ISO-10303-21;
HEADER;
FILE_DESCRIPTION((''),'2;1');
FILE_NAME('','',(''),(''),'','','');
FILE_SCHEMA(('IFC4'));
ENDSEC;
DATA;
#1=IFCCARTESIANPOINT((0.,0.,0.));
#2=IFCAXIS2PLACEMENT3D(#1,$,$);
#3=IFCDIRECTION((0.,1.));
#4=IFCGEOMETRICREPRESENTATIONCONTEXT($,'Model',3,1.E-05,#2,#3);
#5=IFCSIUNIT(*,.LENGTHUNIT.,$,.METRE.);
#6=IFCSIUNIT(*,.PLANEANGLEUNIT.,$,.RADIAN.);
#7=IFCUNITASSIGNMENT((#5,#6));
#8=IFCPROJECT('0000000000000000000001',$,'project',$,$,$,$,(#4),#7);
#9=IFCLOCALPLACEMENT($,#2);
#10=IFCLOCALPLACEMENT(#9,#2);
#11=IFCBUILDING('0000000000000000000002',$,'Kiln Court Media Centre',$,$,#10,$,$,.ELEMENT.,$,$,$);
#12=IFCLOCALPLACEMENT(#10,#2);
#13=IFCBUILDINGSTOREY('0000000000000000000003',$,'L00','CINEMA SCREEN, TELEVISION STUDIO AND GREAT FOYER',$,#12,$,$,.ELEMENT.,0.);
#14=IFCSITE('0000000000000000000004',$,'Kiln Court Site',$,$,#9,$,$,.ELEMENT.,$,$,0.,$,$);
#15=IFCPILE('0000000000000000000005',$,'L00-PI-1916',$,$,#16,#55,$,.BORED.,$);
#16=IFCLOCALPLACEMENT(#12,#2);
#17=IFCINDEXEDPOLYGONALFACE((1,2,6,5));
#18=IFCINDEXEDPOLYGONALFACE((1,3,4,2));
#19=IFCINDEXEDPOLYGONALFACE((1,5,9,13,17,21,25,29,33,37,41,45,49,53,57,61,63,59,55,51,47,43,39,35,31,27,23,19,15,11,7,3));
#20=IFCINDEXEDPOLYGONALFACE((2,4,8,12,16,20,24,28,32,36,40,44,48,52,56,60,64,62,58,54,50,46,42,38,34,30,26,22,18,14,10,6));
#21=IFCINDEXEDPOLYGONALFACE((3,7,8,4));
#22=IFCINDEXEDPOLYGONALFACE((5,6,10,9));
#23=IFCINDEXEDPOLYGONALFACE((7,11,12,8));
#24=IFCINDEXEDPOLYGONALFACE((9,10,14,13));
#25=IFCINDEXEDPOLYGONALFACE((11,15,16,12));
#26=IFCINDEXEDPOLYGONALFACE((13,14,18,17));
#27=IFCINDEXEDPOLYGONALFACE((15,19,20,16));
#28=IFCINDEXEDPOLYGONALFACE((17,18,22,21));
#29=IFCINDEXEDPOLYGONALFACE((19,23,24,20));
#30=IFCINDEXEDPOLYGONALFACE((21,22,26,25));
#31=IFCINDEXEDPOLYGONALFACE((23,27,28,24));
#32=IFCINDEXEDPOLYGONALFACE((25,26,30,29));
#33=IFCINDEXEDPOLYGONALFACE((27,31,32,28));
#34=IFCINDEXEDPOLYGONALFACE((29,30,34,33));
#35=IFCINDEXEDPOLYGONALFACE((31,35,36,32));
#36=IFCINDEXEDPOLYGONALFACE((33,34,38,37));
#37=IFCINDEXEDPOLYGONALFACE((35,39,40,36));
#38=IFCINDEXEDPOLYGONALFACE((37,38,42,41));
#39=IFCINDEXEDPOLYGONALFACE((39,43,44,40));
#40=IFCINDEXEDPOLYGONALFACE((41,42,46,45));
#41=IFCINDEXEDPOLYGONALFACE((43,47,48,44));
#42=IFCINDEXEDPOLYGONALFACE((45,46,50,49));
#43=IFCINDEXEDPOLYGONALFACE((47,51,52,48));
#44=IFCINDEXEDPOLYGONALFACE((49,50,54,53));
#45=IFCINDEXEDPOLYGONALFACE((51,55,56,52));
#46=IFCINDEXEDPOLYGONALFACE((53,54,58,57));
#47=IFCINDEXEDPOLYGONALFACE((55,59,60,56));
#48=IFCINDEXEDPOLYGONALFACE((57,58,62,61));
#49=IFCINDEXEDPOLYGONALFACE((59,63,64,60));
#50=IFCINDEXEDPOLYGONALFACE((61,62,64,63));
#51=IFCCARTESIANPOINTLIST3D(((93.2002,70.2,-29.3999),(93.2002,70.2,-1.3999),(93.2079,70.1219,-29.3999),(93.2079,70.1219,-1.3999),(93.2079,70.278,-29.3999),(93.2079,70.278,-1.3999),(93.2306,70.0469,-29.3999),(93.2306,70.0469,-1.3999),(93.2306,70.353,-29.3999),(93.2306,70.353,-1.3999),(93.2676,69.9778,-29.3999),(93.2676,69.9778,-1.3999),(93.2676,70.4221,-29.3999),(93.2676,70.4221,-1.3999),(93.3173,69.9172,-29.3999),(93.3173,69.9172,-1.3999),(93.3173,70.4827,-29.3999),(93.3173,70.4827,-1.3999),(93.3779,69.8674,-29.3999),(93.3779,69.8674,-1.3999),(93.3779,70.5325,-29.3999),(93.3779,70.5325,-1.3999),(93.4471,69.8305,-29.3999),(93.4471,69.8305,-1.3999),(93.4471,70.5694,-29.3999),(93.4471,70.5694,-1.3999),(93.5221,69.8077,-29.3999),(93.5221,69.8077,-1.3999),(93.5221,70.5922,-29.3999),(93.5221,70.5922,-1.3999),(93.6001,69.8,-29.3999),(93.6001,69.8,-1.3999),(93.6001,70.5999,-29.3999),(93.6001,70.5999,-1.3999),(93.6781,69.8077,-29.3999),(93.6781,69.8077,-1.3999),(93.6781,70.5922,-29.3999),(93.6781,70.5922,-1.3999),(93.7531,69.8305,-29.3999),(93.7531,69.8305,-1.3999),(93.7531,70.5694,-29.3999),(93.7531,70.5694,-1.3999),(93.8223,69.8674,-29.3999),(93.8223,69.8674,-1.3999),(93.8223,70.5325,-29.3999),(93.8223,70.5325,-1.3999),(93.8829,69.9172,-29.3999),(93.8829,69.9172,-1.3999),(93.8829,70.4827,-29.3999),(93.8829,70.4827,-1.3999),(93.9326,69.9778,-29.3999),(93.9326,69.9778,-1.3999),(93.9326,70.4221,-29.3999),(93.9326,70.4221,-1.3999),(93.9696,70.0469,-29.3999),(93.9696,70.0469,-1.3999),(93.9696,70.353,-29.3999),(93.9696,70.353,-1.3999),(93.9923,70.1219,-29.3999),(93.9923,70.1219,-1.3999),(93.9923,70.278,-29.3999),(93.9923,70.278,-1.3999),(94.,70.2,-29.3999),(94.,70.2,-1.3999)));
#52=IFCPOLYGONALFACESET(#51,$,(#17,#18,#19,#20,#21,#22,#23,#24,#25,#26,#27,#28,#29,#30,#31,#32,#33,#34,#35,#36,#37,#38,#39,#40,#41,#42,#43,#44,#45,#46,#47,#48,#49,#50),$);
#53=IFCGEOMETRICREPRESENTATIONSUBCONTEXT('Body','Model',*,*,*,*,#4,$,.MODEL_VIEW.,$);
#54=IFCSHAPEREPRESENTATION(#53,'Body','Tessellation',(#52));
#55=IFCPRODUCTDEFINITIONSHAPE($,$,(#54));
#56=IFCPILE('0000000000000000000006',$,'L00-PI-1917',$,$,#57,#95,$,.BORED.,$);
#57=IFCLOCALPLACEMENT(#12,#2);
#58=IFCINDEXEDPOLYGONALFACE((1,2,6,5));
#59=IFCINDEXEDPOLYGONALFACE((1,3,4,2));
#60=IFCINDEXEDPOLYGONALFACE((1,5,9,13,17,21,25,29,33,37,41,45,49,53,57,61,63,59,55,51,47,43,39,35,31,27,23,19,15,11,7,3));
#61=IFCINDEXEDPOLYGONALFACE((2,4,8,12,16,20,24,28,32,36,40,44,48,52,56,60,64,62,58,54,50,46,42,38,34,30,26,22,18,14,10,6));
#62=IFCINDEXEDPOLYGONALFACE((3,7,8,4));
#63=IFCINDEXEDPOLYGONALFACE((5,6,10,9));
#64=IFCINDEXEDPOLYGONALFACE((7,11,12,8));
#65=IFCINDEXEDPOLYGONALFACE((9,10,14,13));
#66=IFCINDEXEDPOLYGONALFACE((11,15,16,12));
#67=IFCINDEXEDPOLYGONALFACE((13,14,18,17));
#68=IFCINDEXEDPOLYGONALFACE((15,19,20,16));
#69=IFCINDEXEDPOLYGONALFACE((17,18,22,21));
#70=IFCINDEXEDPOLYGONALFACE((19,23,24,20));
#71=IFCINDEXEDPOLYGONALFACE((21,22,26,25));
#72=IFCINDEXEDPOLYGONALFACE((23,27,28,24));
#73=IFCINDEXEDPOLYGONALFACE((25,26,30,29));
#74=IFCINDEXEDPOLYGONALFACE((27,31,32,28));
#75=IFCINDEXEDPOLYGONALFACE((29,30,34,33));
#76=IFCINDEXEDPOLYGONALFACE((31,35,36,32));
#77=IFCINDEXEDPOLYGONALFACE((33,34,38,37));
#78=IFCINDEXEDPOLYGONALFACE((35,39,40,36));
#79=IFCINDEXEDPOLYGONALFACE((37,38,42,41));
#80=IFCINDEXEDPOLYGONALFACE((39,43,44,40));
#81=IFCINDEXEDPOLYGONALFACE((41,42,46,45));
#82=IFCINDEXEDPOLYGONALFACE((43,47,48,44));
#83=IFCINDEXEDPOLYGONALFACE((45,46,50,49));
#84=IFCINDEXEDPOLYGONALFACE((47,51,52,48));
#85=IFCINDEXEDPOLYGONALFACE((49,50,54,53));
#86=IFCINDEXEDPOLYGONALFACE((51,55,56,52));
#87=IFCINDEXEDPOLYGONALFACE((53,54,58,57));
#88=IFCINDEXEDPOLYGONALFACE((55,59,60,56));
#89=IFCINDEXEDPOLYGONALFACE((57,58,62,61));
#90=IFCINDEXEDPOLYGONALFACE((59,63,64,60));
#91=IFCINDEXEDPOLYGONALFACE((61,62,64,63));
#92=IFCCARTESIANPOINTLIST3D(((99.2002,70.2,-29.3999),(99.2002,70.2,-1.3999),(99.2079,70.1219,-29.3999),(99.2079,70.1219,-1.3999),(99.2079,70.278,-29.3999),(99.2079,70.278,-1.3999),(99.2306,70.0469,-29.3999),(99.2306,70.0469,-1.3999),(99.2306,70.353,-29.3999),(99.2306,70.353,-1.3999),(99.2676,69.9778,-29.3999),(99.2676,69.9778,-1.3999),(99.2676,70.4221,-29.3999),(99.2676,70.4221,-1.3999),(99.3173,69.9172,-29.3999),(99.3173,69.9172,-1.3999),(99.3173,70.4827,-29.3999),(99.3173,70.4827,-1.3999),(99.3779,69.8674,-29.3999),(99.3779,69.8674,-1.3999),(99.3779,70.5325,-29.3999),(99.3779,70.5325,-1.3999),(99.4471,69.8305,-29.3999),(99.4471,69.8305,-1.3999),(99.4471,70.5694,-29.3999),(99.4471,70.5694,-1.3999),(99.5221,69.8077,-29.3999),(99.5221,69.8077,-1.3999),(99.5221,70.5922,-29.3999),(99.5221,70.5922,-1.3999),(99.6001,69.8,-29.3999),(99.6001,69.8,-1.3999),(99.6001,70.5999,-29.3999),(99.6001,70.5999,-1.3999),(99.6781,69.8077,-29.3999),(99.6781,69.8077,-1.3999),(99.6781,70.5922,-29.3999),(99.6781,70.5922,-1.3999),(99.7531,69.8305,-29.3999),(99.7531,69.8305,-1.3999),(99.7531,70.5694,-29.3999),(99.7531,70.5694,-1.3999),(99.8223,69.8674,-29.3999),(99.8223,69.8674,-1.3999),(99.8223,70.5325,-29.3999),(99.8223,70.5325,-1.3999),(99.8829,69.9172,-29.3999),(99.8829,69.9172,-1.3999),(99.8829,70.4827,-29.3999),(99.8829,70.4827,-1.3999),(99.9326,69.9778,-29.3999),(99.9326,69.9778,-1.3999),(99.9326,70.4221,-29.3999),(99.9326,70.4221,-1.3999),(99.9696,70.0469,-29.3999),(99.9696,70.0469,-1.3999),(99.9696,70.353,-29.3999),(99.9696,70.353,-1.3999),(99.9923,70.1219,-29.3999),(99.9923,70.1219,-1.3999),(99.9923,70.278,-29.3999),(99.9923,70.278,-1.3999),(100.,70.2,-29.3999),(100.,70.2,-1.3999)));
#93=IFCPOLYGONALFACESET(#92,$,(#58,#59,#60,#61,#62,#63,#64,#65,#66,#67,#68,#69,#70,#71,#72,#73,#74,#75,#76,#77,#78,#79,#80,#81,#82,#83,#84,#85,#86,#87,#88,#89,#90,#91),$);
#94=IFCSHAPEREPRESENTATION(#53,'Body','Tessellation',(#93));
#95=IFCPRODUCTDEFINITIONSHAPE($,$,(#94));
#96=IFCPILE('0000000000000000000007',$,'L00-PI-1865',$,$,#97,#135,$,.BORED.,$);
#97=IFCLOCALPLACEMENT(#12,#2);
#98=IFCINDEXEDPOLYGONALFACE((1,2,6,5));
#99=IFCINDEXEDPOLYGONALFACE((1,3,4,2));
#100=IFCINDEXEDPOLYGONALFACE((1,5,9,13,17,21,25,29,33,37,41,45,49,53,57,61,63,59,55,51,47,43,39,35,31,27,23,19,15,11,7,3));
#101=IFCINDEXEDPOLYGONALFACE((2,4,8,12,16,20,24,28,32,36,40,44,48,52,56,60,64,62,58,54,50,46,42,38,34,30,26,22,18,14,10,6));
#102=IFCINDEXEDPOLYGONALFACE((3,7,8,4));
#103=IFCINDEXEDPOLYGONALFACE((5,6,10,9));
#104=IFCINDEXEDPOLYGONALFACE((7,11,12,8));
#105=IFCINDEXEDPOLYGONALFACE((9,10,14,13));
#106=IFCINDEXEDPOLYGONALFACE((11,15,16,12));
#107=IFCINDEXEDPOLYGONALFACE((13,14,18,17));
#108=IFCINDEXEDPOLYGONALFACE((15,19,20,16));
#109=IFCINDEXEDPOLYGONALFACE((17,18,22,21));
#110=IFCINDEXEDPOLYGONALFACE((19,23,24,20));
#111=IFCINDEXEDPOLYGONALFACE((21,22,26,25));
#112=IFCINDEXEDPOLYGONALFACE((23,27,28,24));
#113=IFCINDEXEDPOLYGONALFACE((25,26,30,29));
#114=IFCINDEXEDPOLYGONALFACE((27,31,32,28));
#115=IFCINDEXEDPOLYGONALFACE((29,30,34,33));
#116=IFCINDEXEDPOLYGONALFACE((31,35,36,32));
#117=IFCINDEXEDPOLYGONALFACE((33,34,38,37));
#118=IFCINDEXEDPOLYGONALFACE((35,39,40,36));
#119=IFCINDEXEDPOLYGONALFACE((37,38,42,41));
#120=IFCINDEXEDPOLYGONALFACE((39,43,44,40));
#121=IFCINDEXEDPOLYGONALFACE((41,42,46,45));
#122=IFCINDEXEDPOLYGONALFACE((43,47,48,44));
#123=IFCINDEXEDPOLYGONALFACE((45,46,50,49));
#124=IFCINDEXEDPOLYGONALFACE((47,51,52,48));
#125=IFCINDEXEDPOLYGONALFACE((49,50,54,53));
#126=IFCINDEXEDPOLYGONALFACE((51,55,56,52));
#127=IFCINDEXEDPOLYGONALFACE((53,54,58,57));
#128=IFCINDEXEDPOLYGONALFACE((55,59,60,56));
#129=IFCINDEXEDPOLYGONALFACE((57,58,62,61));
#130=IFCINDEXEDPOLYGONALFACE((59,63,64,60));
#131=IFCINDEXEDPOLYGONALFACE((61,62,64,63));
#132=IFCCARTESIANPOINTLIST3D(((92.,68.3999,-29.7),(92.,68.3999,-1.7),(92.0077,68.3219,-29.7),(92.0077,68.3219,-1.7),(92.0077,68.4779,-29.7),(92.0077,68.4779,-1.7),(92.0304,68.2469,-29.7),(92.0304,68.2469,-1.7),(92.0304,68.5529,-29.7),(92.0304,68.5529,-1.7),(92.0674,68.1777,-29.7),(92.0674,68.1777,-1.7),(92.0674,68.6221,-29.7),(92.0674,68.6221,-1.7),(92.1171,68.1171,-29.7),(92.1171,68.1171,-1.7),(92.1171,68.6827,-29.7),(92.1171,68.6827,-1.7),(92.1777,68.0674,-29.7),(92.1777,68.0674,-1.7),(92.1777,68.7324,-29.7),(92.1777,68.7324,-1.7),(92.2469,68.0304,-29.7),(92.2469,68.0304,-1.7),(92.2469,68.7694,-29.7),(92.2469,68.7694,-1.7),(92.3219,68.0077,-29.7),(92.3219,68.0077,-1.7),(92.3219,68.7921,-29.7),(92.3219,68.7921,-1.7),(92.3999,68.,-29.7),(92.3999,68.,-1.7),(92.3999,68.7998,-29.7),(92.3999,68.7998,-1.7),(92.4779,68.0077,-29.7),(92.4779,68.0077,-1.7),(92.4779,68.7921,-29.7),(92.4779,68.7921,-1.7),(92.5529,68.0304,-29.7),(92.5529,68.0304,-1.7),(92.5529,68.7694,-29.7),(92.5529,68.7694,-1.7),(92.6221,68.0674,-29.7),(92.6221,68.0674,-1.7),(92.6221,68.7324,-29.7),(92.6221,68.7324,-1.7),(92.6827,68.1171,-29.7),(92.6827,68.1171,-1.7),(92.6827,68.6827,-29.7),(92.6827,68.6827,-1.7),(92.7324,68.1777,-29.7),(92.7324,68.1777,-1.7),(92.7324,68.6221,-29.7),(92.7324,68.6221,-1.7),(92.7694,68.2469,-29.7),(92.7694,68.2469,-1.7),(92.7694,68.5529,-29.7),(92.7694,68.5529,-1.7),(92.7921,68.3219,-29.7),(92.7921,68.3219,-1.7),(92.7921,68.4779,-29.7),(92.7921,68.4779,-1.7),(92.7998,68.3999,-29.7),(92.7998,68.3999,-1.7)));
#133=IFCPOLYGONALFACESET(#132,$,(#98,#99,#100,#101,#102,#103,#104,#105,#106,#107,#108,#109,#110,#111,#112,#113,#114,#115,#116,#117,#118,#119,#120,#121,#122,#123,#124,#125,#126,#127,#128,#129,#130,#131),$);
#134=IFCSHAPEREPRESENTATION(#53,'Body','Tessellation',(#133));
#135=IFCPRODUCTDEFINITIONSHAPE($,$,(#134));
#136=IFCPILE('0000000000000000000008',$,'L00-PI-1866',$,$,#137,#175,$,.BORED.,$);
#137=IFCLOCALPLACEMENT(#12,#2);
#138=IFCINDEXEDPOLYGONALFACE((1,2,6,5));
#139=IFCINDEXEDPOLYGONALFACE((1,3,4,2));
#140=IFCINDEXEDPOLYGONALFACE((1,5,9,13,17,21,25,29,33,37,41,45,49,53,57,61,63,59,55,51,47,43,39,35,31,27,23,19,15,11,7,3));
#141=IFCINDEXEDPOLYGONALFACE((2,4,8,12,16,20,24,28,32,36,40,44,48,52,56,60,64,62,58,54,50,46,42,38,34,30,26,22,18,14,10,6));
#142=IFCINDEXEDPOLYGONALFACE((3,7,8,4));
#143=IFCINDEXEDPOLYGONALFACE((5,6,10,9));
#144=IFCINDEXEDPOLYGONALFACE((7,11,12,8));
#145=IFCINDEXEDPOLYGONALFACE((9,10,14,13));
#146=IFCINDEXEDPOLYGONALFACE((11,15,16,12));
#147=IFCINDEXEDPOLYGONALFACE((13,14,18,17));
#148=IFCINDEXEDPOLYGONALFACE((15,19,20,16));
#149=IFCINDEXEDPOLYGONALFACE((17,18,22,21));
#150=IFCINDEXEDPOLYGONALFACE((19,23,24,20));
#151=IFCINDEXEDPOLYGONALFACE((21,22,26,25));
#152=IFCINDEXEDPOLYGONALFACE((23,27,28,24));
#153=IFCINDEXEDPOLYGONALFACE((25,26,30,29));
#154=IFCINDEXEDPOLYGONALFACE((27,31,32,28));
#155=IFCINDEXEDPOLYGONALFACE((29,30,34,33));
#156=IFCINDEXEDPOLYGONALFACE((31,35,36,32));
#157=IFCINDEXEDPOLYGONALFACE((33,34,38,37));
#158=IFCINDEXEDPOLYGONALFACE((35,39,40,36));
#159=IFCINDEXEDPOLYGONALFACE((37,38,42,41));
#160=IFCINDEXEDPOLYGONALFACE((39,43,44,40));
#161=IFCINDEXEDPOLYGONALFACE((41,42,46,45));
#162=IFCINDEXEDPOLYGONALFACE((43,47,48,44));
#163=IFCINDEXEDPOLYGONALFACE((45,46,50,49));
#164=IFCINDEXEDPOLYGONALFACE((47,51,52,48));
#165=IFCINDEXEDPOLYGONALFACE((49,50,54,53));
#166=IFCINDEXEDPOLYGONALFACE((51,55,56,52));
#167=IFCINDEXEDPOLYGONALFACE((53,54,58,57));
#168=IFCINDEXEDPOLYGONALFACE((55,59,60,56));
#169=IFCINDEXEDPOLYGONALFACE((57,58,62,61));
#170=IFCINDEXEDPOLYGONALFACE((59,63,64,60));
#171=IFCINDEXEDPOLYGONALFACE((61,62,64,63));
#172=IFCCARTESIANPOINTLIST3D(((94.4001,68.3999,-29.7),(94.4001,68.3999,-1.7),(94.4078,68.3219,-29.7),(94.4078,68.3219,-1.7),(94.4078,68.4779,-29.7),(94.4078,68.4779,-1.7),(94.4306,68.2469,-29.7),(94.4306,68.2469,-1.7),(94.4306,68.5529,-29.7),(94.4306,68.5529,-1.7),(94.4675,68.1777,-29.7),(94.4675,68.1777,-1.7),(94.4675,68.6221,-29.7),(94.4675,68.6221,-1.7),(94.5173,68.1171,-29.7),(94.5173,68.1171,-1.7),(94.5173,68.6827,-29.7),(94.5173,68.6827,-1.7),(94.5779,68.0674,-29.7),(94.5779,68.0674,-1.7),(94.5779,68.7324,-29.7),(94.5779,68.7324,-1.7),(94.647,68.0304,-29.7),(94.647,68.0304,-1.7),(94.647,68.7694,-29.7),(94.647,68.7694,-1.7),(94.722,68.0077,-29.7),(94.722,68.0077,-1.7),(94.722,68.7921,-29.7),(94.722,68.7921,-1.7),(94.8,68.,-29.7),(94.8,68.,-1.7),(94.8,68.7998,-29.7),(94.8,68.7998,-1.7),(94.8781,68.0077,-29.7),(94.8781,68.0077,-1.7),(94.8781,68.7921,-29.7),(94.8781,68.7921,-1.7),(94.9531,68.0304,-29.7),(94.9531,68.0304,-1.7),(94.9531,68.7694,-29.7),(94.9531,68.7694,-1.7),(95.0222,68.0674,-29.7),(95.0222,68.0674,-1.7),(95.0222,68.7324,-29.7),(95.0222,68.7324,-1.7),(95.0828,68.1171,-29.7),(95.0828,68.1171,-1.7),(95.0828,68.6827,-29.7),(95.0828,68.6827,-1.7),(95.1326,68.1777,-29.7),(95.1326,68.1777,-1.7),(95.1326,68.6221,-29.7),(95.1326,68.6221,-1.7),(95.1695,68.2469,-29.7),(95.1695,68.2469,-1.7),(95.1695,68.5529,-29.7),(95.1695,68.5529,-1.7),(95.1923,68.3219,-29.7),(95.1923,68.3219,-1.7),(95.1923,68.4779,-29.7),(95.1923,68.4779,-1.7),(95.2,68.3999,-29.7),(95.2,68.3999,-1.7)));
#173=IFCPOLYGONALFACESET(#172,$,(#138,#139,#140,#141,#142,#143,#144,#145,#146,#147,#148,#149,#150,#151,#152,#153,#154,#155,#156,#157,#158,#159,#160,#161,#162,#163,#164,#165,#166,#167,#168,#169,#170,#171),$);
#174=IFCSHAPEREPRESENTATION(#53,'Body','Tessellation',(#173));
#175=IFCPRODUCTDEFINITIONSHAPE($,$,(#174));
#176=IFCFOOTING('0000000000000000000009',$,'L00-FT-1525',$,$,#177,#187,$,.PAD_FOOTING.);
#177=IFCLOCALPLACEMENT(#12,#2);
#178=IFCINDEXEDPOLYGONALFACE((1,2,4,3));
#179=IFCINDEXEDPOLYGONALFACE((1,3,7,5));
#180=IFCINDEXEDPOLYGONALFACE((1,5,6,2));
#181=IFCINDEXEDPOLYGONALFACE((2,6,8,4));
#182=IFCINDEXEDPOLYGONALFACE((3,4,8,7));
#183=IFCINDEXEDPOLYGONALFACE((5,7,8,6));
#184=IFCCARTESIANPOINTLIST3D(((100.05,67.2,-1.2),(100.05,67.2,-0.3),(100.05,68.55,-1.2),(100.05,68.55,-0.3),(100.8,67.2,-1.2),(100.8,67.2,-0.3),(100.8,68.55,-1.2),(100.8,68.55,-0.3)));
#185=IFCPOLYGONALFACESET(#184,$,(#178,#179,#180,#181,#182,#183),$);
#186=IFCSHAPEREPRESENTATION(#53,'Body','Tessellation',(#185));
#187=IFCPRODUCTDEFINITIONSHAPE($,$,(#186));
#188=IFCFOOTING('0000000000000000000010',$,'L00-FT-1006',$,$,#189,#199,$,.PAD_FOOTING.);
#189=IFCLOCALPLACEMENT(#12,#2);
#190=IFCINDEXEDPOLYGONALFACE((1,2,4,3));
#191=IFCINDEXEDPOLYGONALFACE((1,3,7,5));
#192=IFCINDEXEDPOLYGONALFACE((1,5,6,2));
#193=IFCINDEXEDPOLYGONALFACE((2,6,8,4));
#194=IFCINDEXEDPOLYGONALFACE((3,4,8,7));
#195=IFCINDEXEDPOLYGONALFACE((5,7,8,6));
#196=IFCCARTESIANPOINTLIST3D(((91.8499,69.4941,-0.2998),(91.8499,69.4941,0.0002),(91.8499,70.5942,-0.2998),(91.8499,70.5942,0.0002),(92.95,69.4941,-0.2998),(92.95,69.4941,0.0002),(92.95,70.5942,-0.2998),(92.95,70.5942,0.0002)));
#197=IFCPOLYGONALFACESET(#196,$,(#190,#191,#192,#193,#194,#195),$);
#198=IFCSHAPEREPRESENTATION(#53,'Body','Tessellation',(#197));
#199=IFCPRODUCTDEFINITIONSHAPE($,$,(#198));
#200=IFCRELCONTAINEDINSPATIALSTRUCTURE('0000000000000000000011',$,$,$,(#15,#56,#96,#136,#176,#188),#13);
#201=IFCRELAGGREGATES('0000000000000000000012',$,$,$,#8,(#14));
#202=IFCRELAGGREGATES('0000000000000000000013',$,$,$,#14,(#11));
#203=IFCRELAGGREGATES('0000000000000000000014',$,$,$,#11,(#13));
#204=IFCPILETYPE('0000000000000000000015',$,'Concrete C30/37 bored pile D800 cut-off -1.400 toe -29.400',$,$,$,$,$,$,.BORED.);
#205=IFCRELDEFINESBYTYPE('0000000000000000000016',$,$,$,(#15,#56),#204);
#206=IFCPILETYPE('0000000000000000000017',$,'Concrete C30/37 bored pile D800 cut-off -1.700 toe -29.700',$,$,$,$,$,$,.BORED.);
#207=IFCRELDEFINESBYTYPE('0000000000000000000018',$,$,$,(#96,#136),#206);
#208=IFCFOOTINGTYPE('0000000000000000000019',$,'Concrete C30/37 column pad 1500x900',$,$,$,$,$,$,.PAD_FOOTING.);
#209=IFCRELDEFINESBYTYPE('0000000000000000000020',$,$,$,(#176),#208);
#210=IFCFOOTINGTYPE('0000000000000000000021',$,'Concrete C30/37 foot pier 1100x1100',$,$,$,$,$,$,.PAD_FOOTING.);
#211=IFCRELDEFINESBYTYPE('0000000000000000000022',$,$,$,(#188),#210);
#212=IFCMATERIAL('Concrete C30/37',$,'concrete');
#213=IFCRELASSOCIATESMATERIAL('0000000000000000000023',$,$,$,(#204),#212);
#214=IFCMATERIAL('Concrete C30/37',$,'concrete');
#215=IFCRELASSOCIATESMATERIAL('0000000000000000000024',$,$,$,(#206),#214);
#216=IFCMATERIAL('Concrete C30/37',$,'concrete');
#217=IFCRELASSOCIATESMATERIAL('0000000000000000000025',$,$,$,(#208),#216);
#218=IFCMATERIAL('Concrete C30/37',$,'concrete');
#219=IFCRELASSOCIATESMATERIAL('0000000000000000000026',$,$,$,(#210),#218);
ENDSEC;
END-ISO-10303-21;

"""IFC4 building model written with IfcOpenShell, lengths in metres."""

from ifc_helpers import new_model, si_unit, direction, frame, origin, origin_2d, place, context, subcontext, project, spatial, rectangle, circle, extrude, material, material_profile, profile_set, type_object, element, save


model = new_model("IFC4")

# Units and contexts
model_context = context("Model", 3, precision=1e-05, world=origin(), true_north=direction((0.0, 1.0)))
body_context = subcontext(model_context, "Body", "Model", "MODEL_VIEW")
ifc_project = project(units=[si_unit("LENGTHUNIT", "METRE"), si_unit("PLANEANGLEUNIT", "RADIAN")], contexts=[model_context])

# Site, building, storey
site_placement = place(None, origin())
site = spatial("IfcSite", under=ifc_project, at=site_placement, Name="Kiln Court Site", CompositionType="ELEMENT", RefElevation=0.0)
building_placement = place(site_placement, origin())
building = spatial("IfcBuilding", under=site, at=building_placement, Name="Kiln Court Media Centre", CompositionType="ELEMENT")
storey_placement = place(building_placement, origin())
storey = spatial("IfcBuildingStorey", under=building, at=storey_placement, Name="L00", Description="CINEMA SCREEN, TELEVISION STUDIO AND GREAT FOYER", CompositionType="ELEMENT", Elevation=0.0)

# Piles
ifc_material_1 = material(Name="Concrete C30/37", Category="concrete")
ifc_material_profile_1 = material_profile(ifc_material_1, circle(Radius=0.3999, at=origin_2d()), Name="PILE D800")
ifc_profile_set_1 = profile_set([ifc_material_profile_1], Name="Concrete C30/37")
pile_type_1 = type_object("IfcPileType", Name="Concrete C30/37 bored pile D800 cut-off -1.400 toe -29.400", PredefinedType="BORED", material=ifc_profile_set_1)
for number, where, z_axis, x_axis, name in (
    (1, (93.6001, 70.2, -1.3999), (0.0, 0.0, -1.0), (1.0, 0.0, 0.0), "L00-PI-1916"),
    (2, (99.6001, 70.2, -1.3999), (0.0, 0.0, -1.0), (1.0, 0.0, 0.0), "L00-PI-1917"),
):
    element("IfcPile", number, at=place(storey_placement, frame(where, z_axis=z_axis, x_axis=x_axis)), inside=storey, type_object=pile_type_1, Name=name, PredefinedType="BORED", context=body_context, shape_type="SweptSolid", body=[
        extrude(circle(Radius=0.3999, at=origin_2d()), origin(), (0.0, 0.0, 1.0), 28.0),
    ])
ifc_material_2 = material(Name="Concrete C30/37", Category="concrete")
ifc_material_profile_2 = material_profile(ifc_material_2, circle(Radius=0.3999, at=origin_2d()), Name="PILE D800")
ifc_profile_set_2 = profile_set([ifc_material_profile_2], Name="Concrete C30/37")
pile_type_2 = type_object("IfcPileType", Name="Concrete C30/37 bored pile D800 cut-off -1.700 toe -29.700", PredefinedType="BORED", material=ifc_profile_set_2)
for number, where, z_axis, x_axis, name in (
    (3, (92.3999, 68.3999, -1.7), (0.0, 0.0, -1.0), (1.0, 0.0, 0.0), "L00-PI-1865"),
    (4, (94.8, 68.3999, -1.7), (0.0, 0.0, -1.0), (1.0, 0.0, 0.0), "L00-PI-1866"),
):
    element("IfcPile", number, at=place(storey_placement, frame(where, z_axis=z_axis, x_axis=x_axis)), inside=storey, type_object=pile_type_2, Name=name, PredefinedType="BORED", context=body_context, shape_type="SweptSolid", body=[
        extrude(circle(Radius=0.3999, at=origin_2d()), origin(), (0.0, 0.0, 1.0), 28.0),
    ])

# Footings
ifc_material_3 = material(Name="Concrete C30/37", Category="concrete")
footing_type_1 = type_object("IfcFootingType", Name="Concrete C30/37 column pad 1500x900", PredefinedType="PAD_FOOTING", material=ifc_material_3)
footing_1_placement = place(storey_placement, frame((100.425, 67.875, -1.2), z_axis=(0.0, 0.0, 1.0), x_axis=(1.0, 0.0, 0.0)))
element("IfcFooting", 5, at=footing_1_placement, inside=storey, type_object=footing_type_1, Name="L00-FT-1525", PredefinedType="PAD_FOOTING", context=body_context, shape_type="SweptSolid", body=[
    extrude(rectangle(XDim=0.75, YDim=1.3501, at=origin_2d()), origin(), (0.0, 0.0, 1.0), 0.8999),
])
ifc_material_4 = material(Name="Concrete C30/37", Category="concrete")
footing_type_2 = type_object("IfcFootingType", Name="Concrete C30/37 foot pier 1100x1100", PredefinedType="PAD_FOOTING", material=ifc_material_4)
footing_2_placement = place(storey_placement, frame((92.3999, 70.0442, -0.2998), z_axis=(0.0, 0.0, 1.0), x_axis=(1.0, 0.0, 0.0)))
element("IfcFooting", 6, at=footing_2_placement, inside=storey, type_object=footing_type_2, Name="L00-FT-1006", PredefinedType="PAD_FOOTING", context=body_context, shape_type="SweptSolid", body=[
    extrude(rectangle(XDim=1.1001, YDim=1.1001, at=origin_2d()), origin(), (0.0, 0.0, 1.0), 0.3),
])

save(model, "model.ifc")
